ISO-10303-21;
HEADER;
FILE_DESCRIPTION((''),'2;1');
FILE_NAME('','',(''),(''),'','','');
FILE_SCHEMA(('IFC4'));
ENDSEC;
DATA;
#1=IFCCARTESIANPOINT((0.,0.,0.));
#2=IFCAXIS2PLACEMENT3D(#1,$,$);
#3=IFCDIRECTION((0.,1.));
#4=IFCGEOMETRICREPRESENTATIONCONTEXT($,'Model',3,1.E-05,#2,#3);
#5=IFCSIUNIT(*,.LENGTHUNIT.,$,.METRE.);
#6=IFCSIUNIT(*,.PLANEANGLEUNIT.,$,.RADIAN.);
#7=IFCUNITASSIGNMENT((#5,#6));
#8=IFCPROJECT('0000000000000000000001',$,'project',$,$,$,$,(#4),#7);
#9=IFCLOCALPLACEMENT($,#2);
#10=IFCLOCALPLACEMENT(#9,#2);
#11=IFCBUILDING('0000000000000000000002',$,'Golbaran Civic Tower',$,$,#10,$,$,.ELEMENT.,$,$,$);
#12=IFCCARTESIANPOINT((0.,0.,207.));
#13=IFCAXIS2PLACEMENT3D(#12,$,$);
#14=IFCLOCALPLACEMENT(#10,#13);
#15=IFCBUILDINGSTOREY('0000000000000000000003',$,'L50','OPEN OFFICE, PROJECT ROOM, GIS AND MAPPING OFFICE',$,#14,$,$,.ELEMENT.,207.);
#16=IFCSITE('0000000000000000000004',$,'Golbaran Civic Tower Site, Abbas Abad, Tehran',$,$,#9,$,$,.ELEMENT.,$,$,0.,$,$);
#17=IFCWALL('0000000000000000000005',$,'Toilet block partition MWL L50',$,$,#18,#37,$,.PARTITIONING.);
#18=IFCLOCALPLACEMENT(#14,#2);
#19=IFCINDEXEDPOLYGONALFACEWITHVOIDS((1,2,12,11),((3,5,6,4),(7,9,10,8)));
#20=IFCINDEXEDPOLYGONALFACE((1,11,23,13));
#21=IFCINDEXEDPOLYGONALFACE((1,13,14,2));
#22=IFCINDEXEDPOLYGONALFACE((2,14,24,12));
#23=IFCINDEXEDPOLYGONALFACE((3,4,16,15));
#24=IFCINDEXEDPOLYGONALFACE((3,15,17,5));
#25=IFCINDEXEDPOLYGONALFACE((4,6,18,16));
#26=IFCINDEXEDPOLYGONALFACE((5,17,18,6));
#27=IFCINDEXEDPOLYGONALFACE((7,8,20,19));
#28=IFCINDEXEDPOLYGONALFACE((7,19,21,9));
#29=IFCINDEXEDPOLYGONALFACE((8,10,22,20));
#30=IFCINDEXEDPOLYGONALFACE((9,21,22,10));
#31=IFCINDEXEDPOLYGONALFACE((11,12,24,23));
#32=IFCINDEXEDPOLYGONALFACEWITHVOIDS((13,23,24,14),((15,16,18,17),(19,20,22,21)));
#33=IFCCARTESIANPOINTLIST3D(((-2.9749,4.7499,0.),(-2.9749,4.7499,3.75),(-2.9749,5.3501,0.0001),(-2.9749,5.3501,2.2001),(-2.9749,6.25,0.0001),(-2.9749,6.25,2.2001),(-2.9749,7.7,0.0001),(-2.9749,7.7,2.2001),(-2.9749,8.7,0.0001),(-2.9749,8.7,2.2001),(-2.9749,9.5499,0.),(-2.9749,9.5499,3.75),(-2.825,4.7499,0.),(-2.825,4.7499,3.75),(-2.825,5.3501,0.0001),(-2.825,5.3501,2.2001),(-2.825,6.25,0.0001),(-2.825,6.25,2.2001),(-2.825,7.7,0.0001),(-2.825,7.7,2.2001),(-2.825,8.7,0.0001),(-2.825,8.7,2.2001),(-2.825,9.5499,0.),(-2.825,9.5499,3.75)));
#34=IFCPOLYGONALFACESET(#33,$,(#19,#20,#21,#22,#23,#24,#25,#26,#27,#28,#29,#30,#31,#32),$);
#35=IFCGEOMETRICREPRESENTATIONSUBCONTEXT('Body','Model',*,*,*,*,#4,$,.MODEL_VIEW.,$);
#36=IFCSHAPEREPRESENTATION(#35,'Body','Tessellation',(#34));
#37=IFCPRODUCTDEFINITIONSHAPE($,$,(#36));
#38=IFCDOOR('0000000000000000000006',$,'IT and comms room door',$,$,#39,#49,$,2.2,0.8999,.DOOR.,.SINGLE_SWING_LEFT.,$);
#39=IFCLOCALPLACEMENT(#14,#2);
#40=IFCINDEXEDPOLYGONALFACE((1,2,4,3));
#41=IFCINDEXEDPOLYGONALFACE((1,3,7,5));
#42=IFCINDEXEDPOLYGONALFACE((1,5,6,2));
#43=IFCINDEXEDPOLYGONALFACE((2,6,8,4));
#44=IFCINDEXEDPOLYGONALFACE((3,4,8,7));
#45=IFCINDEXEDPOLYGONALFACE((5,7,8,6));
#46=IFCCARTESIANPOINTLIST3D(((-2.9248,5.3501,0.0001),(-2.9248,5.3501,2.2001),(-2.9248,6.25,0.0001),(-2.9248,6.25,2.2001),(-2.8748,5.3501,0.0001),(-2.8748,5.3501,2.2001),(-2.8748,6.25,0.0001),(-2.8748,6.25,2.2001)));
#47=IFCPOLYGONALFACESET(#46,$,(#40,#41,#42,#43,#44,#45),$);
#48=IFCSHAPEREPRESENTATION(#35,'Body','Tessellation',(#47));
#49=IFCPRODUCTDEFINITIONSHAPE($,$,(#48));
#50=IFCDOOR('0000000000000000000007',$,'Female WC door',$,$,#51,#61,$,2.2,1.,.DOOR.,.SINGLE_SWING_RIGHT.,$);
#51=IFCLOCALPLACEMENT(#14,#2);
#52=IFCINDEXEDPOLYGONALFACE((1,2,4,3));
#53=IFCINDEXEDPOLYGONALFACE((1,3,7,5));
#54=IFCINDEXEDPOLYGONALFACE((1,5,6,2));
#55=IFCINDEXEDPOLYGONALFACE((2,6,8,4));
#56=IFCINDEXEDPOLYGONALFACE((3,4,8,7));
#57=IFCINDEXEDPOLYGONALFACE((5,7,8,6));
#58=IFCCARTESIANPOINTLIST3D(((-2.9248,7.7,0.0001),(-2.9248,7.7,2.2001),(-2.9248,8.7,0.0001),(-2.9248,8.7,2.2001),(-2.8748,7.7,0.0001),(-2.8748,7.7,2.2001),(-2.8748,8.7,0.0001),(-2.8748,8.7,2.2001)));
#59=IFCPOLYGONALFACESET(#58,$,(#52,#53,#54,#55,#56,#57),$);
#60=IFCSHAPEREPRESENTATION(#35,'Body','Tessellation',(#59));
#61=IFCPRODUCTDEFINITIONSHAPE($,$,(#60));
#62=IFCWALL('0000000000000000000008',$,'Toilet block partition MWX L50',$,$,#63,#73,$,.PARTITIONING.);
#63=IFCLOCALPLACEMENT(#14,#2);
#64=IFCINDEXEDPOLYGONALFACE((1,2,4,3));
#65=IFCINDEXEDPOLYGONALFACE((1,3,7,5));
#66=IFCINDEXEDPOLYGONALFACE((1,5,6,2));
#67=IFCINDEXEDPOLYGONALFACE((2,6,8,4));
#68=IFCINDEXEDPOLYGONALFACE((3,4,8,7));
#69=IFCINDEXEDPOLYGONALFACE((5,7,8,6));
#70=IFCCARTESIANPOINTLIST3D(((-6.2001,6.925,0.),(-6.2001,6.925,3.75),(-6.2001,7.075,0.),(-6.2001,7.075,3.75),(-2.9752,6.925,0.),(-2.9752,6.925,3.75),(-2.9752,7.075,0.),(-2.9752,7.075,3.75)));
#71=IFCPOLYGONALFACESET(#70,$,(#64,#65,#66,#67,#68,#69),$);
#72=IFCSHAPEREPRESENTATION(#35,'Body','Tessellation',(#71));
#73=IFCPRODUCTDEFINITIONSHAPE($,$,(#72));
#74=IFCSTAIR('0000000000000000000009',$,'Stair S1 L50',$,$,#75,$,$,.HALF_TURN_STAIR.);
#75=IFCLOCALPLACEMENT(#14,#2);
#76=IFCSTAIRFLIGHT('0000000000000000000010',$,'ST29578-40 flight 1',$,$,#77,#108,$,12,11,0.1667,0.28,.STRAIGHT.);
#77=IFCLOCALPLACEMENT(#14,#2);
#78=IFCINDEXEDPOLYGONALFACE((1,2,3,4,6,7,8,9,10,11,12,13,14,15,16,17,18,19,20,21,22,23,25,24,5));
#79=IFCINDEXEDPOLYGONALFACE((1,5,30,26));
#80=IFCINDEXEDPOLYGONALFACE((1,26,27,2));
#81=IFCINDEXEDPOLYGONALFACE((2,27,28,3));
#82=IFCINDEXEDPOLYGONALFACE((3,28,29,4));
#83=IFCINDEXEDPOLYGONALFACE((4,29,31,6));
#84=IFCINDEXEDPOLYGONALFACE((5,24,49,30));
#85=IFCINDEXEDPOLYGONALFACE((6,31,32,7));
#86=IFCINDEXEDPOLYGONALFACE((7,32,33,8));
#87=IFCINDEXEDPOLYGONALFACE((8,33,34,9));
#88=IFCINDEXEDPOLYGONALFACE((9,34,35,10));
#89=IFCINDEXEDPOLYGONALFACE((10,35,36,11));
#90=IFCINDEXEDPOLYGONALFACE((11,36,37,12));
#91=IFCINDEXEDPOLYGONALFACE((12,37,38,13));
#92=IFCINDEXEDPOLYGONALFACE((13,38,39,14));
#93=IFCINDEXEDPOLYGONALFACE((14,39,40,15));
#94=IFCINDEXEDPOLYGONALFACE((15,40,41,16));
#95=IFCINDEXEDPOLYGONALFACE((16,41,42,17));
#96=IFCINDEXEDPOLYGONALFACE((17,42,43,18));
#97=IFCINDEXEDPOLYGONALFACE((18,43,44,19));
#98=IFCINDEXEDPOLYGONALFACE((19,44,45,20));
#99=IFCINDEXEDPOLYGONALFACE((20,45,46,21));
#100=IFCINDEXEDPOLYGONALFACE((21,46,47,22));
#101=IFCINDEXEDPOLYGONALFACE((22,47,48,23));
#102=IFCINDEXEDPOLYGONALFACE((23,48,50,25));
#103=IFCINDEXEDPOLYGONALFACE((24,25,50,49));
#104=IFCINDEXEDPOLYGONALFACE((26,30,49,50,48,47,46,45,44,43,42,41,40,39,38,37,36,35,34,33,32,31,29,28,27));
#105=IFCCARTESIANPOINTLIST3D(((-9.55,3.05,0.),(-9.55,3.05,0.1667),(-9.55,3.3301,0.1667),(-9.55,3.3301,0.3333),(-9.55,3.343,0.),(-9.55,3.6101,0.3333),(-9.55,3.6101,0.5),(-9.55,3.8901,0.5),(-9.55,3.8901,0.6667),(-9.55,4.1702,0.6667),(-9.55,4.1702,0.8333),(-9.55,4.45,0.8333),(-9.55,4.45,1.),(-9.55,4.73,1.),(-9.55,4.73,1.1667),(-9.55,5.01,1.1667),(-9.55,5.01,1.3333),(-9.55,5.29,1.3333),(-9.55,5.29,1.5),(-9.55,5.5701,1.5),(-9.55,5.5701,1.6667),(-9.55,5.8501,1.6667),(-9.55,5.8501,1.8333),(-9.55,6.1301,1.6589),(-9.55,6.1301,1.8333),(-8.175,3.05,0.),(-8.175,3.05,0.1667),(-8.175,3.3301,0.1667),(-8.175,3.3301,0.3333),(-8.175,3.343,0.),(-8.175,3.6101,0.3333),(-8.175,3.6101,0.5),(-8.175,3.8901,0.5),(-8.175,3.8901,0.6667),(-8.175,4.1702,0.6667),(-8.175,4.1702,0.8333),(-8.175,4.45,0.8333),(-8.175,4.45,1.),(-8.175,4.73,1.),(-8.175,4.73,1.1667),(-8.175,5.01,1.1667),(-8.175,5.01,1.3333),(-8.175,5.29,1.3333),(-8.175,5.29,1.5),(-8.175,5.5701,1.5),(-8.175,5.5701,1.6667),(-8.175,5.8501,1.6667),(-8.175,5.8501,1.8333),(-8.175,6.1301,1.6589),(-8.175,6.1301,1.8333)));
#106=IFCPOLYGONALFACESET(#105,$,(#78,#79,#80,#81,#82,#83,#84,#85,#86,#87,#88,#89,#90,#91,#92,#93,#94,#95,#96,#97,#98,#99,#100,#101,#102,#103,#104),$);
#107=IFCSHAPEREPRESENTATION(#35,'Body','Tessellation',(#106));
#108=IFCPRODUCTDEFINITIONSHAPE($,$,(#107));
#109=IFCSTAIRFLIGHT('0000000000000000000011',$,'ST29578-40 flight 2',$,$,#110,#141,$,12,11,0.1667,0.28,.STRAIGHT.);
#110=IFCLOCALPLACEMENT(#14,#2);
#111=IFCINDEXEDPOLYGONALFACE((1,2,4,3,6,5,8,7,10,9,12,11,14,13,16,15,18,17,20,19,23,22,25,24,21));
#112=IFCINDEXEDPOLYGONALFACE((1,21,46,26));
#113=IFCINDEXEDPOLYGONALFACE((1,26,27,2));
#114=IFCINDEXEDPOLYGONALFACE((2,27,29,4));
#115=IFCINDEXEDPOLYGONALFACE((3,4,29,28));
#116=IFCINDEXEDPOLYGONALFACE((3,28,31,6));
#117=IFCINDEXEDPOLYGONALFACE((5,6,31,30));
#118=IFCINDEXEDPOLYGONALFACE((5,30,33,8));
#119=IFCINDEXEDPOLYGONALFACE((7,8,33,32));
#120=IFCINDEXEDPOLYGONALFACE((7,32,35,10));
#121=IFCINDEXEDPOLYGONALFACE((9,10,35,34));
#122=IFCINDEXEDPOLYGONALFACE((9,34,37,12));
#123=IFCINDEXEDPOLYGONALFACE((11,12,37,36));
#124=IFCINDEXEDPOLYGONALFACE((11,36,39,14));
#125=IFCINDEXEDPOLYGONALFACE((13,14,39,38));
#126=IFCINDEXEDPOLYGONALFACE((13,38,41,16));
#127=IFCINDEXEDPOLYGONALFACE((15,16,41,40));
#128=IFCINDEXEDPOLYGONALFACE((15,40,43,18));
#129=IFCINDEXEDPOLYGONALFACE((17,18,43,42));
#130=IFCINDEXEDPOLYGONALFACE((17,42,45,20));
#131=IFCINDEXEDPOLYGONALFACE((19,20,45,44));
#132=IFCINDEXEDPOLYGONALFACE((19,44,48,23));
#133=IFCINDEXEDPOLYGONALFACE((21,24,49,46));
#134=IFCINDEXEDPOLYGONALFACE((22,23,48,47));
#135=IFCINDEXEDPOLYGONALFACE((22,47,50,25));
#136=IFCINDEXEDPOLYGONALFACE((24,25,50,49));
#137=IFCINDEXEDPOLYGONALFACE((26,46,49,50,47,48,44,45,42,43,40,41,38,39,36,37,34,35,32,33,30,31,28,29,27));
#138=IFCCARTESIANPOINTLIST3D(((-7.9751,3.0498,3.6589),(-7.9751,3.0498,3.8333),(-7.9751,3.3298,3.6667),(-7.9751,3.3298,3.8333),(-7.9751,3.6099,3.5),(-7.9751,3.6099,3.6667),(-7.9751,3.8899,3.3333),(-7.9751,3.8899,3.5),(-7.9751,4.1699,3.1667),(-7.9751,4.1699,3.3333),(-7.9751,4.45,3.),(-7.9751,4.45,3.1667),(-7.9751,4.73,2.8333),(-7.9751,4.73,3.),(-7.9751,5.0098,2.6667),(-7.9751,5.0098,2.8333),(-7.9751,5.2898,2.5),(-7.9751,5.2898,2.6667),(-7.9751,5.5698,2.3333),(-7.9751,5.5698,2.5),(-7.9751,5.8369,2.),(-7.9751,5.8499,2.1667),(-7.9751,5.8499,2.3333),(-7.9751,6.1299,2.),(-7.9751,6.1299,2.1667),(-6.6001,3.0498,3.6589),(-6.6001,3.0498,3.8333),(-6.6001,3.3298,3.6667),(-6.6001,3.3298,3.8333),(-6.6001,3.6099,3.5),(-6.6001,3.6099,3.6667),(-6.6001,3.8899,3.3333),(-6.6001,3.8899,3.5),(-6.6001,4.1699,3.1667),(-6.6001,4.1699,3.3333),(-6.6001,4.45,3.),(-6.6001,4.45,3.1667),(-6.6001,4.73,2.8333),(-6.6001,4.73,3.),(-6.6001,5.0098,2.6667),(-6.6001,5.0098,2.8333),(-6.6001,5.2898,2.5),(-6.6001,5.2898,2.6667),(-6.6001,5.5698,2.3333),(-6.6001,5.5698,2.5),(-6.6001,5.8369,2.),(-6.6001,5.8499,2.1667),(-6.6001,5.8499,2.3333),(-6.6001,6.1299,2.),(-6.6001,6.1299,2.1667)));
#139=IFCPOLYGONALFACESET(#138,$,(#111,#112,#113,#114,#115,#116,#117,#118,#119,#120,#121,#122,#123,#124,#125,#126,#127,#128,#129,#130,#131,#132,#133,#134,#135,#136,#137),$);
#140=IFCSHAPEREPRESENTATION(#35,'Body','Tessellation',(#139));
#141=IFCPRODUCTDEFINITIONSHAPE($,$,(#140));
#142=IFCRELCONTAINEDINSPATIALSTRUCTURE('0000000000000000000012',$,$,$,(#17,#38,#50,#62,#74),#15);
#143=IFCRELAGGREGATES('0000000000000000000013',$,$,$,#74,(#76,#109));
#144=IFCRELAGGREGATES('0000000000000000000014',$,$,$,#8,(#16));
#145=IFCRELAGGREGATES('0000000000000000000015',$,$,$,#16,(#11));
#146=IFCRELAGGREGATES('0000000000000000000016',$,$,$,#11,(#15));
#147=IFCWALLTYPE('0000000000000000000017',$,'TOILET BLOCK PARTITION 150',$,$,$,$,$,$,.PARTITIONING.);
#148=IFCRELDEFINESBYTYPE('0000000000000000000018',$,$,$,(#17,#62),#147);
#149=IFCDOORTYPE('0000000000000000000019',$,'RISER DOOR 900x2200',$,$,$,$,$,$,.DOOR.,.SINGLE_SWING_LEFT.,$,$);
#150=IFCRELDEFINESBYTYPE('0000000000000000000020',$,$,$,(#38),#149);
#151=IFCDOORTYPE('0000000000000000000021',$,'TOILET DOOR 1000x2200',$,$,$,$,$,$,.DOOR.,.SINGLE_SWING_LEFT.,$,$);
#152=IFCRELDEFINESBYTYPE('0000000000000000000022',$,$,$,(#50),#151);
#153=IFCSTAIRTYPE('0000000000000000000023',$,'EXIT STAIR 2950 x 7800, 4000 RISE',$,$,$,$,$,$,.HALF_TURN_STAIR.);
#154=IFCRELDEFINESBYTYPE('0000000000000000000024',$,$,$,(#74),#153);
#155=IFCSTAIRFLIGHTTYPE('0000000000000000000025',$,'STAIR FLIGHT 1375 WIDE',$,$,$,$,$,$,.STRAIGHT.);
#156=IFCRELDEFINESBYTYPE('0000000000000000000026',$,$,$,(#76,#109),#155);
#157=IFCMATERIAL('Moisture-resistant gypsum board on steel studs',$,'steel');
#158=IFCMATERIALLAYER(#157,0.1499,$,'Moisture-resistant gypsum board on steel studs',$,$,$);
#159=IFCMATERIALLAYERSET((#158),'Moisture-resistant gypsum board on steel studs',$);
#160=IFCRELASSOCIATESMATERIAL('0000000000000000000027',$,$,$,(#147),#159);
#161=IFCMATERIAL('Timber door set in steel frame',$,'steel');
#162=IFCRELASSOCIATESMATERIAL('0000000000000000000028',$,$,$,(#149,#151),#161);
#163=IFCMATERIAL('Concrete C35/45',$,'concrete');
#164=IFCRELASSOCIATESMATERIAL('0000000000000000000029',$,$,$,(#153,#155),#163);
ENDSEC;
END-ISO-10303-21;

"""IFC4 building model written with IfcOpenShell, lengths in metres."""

from ifc_helpers import new_model, si_unit, direction, frame, frame_2d, origin, place, context, subcontext, project, spatial, polyline, rectangle, outline, extrude, material, layer, layer_set, type_object, element, fill, aggregate, save


model = new_model("IFC4")

# Units and contexts
model_context = context("Model", 3, precision=1e-05, world=origin(), true_north=direction((0.0, 1.0)))
body_context = subcontext(model_context, "Body", "Model", "MODEL_VIEW")
ifc_project = project(units=[si_unit("LENGTHUNIT", "METRE"), si_unit("PLANEANGLEUNIT", "RADIAN")], contexts=[model_context])

# Site, building, storey
site_placement = place(None, origin())
site = spatial("IfcSite", under=ifc_project, at=site_placement, Name="Golbaran Civic Tower Site, Abbas Abad, Tehran", CompositionType="ELEMENT", RefElevation=0.0)
building_placement = place(site_placement, origin())
building = spatial("IfcBuilding", under=site, at=building_placement, Name="Golbaran Civic Tower", CompositionType="ELEMENT")
storey_placement = place(building_placement, frame((0.0, 0.0, 207.0)))
storey = spatial("IfcBuildingStorey", under=building, at=storey_placement, Name="L50", Description="OPEN OFFICE, PROJECT ROOM, GIS AND MAPPING OFFICE", CompositionType="ELEMENT", Elevation=207.0)

# Shared definitions
ifc_material_1 = material(Name="Timber door set in steel frame", Category="steel")

# Wall, openings, doors
ifc_material_2 = material(Name="Moisture-resistant gypsum board on steel studs", Category="steel")
ifc_layer_1 = layer(ifc_material_2, 0.1499, Name="Moisture-resistant gypsum board on steel studs")
ifc_layer_set_1 = layer_set([ifc_layer_1], Name="Moisture-resistant gypsum board on steel studs")
wall_type_1 = type_object("IfcWallType", Name="TOILET BLOCK PARTITION 150", PredefinedType="PARTITIONING", material=ifc_layer_set_1)
wall_1_placement = place(storey_placement, frame((-2.8999, 4.75, 0.0), z_axis=(0.0, 0.0, 1.0), x_axis=(0.0, 1.0, 0.0)))
wall_1 = element("IfcWall", 1, at=wall_1_placement, inside=storey, type_object=wall_type_1, Name="Toilet block partition MWL L50", PredefinedType="PARTITIONING", context=body_context, shape_type="SweptSolid", body=[
    extrude(rectangle(XDim=4.8, YDim=0.1499, at=frame_2d((2.3999, 0.0))), origin(), (0.0, 0.0, 1.0), 3.75),
])
opening_1_placement = place(wall_1_placement, frame((2.95, 0.0, 0.0)))
opening_1 = element("IfcOpeningElement", 2, at=opening_1_placement, cuts=wall_1, PredefinedType="OPENING", context=body_context, shape_type="SweptSolid", body=[
    extrude(rectangle(XDim=1.0, YDim=2.2, at=frame_2d((0.5, 1.1001))), frame((0.0, 0.085, 0.0), z_axis=(0.0, -1.0, 0.0), x_axis=(1.0, 0.0, 0.0)), (0.0, 0.0, 1.0), 0.1699),
])
opening_2_placement = place(wall_1_placement, frame((0.6001, 0.0, 0.0)))
opening_2 = element("IfcOpeningElement", 3, at=opening_2_placement, cuts=wall_1, PredefinedType="OPENING", context=body_context, shape_type="SweptSolid", body=[
    extrude(rectangle(XDim=0.8999, YDim=2.2, at=frame_2d((0.45, 1.1001))), frame((0.0, 0.085, 0.0), z_axis=(0.0, -1.0, 0.0), x_axis=(1.0, 0.0, 0.0)), (0.0, 0.0, 1.0), 0.1699),
])
door_type_1 = type_object("IfcDoorType", Name="RISER DOOR 900x2200", OperationType="SINGLE_SWING_LEFT", PredefinedType="DOOR", material=ifc_material_1)
door_1_placement = place(opening_2_placement, origin())
door_1 = element("IfcDoor", 4, at=door_1_placement, inside=storey, type_object=door_type_1, Name="IT and comms room door", OperationType="SINGLE_SWING_LEFT", OverallHeight=2.2, OverallWidth=0.8999, PredefinedType="DOOR", context=body_context, shape_type="SweptSolid", body=[
    extrude(rectangle(XDim=0.8999, YDim=2.2, at=frame_2d((0.45, 1.1001))), frame((0.0, 0.0249, 0.0), z_axis=(0.0, -1.0, 0.0), x_axis=(1.0, 0.0, 0.0)), (0.0, 0.0, 1.0), 0.05),
])
fill(opening_2, door_1)
door_type_2 = type_object("IfcDoorType", Name="TOILET DOOR 1000x2200", OperationType="SINGLE_SWING_LEFT", PredefinedType="DOOR", material=ifc_material_1)
door_2_placement = place(opening_1_placement, origin())
door_2 = element("IfcDoor", 5, at=door_2_placement, inside=storey, type_object=door_type_2, Name="Female WC door", OperationType="SINGLE_SWING_RIGHT", OverallHeight=2.2, OverallWidth=1.0, PredefinedType="DOOR", context=body_context, shape_type="SweptSolid", body=[
    extrude(rectangle(XDim=1.0, YDim=2.2, at=frame_2d((0.5, 1.1001))), frame((0.0, 0.0249, 0.0), z_axis=(0.0, -1.0, 0.0), x_axis=(1.0, 0.0, 0.0)), (0.0, 0.0, 1.0), 0.05),
])
fill(opening_1, door_2)

# Wall
wall_2_placement = place(storey_placement, frame((-6.2, 7.0, 0.0), z_axis=(0.0, 0.0, 1.0), x_axis=(1.0, 0.0, 0.0)))
element("IfcWall", 6, at=wall_2_placement, inside=storey, type_object=wall_type_1, Name="Toilet block partition MWX L50", PredefinedType="PARTITIONING", context=body_context, shape_type="SweptSolid", body=[
    extrude(rectangle(XDim=3.2249, YDim=0.1499, at=frame_2d((1.6123, 0.0))), origin(), (0.0, 0.0, 1.0), 3.75),
])

# Stair, stair flights
ifc_material_3 = material(Name="Concrete C35/45", Category="concrete")
stair_type = type_object("IfcStairType", Name="EXIT STAIR 2950 x 7800, 4000 RISE", PredefinedType="HALF_TURN_STAIR", material=ifc_material_3)
stair_placement = place(storey_placement, origin())
stair = element("IfcStair", 7, at=stair_placement, inside=storey, type_object=stair_type, Name="Stair S1 L50", PredefinedType="HALF_TURN_STAIR")
stair_flight_type = type_object("IfcStairFlightType", Name="STAIR FLIGHT 1375 WIDE", PredefinedType="STRAIGHT", material=ifc_material_3)
stair_flight_1_placement = place(storey_placement, frame((-8.8625, 3.05, 0.0), z_axis=(0.0, 0.0, 1.0), x_axis=(0.0, 1.0, 0.0)))
stair_flight_1 = element("IfcStairFlight", 8, at=stair_flight_1_placement, type_object=stair_flight_type, Name="ST29578-40 flight 1", NumberOfRisers=12, NumberOfTreads=11, PredefinedType="STRAIGHT", RiserHeight=0.1667, TreadLength=0.28, context=body_context, shape_type="SweptSolid", body=[
    extrude(outline(polyline([(0.0, 0.0), (0.0, 0.1667), (0.28, 0.1667), (0.28, 0.3333), (0.5601, 0.3333), (0.5601, 0.5), (0.8401, 0.5), (0.8401, 0.6667), (1.1201, 0.6667), (1.1201, 0.8333), (1.3999, 0.8333), (1.3999, 1.0), (1.6799, 1.0), (1.6799, 1.1667), (1.96, 1.1667), (1.96, 1.3333), (2.24, 1.3333), (2.24, 1.5), (2.52, 1.5), (2.52, 1.6667), (2.8, 1.6667), (2.8, 1.8333), (3.0801, 1.8333), (3.0801, 2.0), (3.0801, 1.6589), (0.293, 0.0), (0.0, 0.0)])), frame((0.0, 0.6875, 0.0), z_axis=(0.0, -1.0, 0.0), x_axis=(1.0, 0.0, 0.0)), (0.0, 0.0, 1.0), 1.375),
])
stair_flight_2_placement = place(storey_placement, frame((-7.2876, 6.1299, 2.0), z_axis=(0.0, 0.0, 1.0), x_axis=(0.0, -1.0, 0.0)))
stair_flight_2 = element("IfcStairFlight", 9, at=stair_flight_2_placement, type_object=stair_flight_type, Name="ST29578-40 flight 2", NumberOfRisers=12, NumberOfTreads=11, PredefinedType="STRAIGHT", RiserHeight=0.1667, TreadLength=0.28, context=body_context, shape_type="SweptSolid", body=[
    extrude(outline(polyline([(0.0, 0.0), (0.0, 0.1667), (0.28, 0.1667), (0.28, 0.3333), (0.5601, 0.3333), (0.5601, 0.5), (0.8401, 0.5), (0.8401, 0.6667), (1.1201, 0.6667), (1.1201, 0.8333), (1.3999, 0.8333), (1.3999, 1.0), (1.6799, 1.0), (1.6799, 1.1667), (1.96, 1.1667), (1.96, 1.3333), (2.24, 1.3333), (2.24, 1.5), (2.52, 1.5), (2.52, 1.6667), (2.8, 1.6667), (2.8, 1.8333), (3.0801, 1.8333), (3.0801, 2.0), (3.0801, 1.6589), (0.293, 0.0), (0.0, 0.0)])), frame((0.0, 0.6875, 0.0), z_axis=(0.0, -1.0, 0.0), x_axis=(1.0, 0.0, 0.0)), (0.0, 0.0, 1.0), 1.375),
])
aggregate(stair, [stair_flight_1, stair_flight_2])

save(model, "model.ifc")
